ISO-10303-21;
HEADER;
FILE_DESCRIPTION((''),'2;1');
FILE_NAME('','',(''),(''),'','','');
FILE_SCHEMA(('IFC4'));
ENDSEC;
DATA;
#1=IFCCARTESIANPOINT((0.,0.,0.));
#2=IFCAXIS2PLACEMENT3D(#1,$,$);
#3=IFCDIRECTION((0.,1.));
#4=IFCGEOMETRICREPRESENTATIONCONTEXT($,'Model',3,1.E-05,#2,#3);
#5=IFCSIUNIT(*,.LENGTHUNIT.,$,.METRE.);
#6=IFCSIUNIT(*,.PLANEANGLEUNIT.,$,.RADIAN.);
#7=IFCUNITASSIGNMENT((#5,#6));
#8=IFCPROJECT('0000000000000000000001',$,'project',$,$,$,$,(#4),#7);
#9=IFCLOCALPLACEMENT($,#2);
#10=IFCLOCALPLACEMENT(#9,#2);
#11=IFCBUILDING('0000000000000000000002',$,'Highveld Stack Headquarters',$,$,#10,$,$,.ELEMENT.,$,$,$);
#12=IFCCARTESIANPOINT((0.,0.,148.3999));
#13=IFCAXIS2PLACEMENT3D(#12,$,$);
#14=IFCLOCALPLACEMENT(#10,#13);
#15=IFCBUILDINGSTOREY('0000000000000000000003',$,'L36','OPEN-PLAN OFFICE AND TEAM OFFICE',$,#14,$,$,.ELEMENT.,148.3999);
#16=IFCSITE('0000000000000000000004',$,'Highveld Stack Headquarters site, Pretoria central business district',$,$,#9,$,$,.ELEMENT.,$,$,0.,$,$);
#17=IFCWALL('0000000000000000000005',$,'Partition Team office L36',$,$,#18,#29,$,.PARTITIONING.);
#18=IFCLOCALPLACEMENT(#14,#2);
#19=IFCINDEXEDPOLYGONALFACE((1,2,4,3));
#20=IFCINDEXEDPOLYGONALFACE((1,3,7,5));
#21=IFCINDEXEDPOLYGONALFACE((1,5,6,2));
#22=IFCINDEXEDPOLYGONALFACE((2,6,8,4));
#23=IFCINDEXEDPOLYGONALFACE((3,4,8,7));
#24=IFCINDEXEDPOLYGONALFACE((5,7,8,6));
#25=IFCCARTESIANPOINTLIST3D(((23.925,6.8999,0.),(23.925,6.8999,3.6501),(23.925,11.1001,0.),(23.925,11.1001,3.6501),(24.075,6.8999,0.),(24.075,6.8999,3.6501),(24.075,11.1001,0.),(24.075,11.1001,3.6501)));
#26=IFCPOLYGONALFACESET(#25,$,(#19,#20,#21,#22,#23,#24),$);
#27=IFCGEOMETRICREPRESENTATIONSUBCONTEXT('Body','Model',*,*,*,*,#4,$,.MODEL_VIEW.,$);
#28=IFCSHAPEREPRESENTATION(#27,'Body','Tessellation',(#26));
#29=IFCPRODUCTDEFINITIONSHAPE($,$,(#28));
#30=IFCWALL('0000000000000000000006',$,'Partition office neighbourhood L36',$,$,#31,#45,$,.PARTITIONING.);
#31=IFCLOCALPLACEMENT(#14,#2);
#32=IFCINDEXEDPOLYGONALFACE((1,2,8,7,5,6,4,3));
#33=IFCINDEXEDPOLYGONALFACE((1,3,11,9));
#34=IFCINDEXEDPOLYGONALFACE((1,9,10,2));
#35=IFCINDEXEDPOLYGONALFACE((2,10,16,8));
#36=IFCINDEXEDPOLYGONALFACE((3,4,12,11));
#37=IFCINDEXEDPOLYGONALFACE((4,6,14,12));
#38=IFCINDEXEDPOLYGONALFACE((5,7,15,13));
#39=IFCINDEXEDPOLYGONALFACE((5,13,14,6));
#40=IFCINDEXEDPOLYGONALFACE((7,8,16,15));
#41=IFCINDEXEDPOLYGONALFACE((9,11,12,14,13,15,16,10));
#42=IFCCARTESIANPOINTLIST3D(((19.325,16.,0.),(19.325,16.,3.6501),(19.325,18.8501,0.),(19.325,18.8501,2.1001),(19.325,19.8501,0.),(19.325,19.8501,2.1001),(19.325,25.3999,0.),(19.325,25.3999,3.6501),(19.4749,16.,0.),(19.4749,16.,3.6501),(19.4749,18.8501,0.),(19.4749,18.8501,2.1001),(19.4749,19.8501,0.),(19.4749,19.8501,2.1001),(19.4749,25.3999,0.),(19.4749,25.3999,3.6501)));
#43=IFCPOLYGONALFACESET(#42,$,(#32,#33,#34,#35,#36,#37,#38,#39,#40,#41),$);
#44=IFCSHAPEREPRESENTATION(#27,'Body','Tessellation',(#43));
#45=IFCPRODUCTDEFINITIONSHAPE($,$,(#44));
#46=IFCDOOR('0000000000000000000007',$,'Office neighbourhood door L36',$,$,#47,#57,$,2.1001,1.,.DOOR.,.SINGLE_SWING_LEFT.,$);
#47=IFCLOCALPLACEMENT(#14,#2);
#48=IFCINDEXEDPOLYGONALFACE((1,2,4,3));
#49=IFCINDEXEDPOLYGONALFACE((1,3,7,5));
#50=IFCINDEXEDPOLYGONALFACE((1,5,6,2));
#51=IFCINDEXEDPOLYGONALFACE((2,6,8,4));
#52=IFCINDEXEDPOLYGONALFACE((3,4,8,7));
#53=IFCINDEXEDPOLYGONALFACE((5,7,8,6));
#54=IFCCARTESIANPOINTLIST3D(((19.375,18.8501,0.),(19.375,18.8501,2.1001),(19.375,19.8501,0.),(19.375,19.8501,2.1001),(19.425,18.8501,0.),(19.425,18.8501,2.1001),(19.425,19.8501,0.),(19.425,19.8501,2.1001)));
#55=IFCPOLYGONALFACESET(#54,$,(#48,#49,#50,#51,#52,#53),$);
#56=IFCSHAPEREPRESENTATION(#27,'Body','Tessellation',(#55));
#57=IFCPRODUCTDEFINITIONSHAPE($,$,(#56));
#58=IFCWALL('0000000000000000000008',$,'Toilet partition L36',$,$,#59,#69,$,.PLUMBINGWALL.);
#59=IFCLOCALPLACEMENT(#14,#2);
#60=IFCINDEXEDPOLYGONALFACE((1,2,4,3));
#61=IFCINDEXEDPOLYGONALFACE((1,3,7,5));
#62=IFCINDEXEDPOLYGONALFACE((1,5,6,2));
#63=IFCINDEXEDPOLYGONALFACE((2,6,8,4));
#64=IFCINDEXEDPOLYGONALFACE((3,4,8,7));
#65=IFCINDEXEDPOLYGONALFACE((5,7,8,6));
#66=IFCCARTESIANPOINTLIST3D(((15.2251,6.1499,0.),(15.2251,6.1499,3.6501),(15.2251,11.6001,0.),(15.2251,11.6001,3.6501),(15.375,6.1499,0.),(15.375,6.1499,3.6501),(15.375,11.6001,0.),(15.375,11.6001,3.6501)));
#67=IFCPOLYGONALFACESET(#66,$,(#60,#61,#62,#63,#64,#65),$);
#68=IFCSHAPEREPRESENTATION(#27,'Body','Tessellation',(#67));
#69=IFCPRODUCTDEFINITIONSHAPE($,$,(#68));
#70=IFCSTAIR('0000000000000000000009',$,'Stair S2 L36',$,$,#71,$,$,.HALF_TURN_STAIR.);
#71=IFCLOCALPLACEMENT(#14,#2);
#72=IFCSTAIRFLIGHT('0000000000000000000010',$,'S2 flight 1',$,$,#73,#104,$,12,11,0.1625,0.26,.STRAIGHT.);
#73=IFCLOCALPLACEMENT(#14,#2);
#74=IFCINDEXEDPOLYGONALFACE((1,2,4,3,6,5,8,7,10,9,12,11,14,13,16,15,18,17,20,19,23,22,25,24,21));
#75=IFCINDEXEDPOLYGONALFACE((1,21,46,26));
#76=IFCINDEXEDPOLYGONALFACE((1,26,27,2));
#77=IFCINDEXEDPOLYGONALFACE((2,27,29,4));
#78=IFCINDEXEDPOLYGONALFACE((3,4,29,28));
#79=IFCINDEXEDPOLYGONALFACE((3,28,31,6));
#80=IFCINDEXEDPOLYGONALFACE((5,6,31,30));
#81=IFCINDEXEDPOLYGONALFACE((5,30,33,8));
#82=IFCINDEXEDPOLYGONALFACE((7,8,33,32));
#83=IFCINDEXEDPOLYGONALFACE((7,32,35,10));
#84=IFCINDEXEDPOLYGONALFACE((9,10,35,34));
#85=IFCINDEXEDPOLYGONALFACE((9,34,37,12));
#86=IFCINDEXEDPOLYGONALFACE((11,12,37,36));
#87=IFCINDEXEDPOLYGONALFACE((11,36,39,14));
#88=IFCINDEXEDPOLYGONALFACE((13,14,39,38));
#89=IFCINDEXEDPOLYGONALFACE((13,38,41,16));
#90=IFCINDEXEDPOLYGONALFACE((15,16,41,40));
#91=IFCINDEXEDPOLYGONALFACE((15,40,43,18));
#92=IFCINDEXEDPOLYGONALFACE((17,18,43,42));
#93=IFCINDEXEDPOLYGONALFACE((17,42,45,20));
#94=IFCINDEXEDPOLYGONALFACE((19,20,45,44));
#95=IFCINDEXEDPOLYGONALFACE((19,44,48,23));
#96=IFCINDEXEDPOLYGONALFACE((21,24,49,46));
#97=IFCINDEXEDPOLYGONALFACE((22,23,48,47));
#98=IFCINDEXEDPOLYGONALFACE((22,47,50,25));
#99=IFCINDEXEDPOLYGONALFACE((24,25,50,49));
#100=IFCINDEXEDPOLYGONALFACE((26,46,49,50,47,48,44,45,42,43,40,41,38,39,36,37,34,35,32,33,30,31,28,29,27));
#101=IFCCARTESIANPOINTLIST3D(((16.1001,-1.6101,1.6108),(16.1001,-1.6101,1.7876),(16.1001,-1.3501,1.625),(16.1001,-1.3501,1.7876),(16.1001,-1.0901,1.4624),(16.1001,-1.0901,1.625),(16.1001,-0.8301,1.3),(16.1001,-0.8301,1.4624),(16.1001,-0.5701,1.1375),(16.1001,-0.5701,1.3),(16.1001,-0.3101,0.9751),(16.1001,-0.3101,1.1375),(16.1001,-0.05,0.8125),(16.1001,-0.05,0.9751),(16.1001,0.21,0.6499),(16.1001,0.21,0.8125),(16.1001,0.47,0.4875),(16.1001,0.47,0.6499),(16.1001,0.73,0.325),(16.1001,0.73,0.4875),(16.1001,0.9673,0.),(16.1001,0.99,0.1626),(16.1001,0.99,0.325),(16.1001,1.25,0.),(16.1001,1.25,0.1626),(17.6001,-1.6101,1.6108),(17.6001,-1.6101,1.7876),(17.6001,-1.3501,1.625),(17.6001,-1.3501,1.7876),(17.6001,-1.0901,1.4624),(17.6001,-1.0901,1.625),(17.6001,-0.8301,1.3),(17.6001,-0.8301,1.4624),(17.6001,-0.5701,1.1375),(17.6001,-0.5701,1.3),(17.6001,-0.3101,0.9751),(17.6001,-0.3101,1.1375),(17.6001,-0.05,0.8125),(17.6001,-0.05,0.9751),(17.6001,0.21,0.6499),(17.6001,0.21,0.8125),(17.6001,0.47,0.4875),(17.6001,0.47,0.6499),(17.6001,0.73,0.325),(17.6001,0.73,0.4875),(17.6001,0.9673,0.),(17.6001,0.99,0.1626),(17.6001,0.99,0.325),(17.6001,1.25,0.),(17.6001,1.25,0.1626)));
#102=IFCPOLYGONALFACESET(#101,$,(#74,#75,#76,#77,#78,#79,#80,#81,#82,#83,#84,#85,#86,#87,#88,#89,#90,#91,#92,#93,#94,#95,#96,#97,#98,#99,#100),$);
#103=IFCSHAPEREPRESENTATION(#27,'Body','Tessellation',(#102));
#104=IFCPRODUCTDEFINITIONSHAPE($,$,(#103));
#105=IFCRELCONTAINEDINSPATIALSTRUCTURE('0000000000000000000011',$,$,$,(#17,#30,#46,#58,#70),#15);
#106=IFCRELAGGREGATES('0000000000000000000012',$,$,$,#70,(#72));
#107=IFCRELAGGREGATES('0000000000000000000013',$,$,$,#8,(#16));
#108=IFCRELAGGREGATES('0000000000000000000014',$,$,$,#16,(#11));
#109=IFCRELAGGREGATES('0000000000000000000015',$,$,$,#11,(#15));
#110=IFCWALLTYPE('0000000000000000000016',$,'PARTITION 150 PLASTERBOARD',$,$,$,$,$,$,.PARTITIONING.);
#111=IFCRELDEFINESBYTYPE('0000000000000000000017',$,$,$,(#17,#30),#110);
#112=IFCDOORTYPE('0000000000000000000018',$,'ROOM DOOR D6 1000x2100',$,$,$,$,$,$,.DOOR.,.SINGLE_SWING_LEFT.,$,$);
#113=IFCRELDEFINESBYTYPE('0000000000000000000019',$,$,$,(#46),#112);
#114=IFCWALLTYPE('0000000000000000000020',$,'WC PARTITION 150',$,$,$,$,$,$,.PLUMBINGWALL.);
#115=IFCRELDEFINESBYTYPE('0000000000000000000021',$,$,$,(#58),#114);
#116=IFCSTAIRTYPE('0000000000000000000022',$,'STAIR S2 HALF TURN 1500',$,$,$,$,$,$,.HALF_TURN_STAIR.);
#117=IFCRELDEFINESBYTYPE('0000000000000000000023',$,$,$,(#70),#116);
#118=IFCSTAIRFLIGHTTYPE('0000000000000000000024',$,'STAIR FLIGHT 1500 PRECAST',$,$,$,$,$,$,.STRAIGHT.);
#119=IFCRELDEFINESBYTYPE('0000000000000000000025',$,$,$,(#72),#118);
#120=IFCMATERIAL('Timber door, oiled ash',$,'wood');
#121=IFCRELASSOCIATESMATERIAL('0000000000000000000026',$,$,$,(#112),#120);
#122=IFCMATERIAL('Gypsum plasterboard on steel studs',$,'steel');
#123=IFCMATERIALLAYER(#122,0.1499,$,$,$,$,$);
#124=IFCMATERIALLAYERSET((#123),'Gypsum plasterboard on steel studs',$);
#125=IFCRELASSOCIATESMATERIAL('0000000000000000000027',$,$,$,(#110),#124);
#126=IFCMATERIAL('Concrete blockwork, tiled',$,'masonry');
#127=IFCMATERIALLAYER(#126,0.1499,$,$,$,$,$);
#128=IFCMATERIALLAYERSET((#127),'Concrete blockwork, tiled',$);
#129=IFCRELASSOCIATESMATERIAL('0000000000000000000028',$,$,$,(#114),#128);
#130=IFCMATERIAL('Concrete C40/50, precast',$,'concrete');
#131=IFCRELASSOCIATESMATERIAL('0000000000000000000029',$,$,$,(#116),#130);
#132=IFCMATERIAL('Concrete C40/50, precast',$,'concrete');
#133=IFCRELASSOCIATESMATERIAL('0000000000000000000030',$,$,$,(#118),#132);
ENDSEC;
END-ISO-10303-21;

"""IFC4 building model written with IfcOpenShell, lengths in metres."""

from ifc_helpers import new_model, si_unit, direction, frame, frame_2d, origin, place, context, subcontext, project, spatial, polyline, rectangle, outline, extrude, material, layer, layer_set, type_object, element, fill, aggregate, save


model = new_model("IFC4")

# Units and contexts
model_context = context("Model", 3, precision=1e-05, world=origin(), true_north=direction((0.0, 1.0)))
body_context = subcontext(model_context, "Body", "Model", "MODEL_VIEW")
ifc_project = project(units=[si_unit("LENGTHUNIT", "METRE"), si_unit("PLANEANGLEUNIT", "RADIAN")], contexts=[model_context])

# Site, building, storey
site_placement = place(None, origin())
site = spatial("IfcSite", under=ifc_project, at=site_placement, Name="Highveld Stack Headquarters site, Pretoria central business district", CompositionType="ELEMENT", RefElevation=0.0)
building_placement = place(site_placement, origin())
building = spatial("IfcBuilding", under=site, at=building_placement, Name="Highveld Stack Headquarters", CompositionType="ELEMENT")
storey_placement = place(building_placement, frame((0.0, 0.0, 148.3999)))
storey = spatial("IfcBuildingStorey", under=building, at=storey_placement, Name="L36", Description="OPEN-PLAN OFFICE AND TEAM OFFICE", CompositionType="ELEMENT", Elevation=148.3999)

# Shared definitions
ifc_material_1 = material(Name="Timber door, oiled ash", Category="wood")
door_type_1 = type_object("IfcDoorType", Name="ROOM DOOR D6 1000x2100", OperationType="SINGLE_SWING_LEFT", PredefinedType="DOOR", material=ifc_material_1)

# Shared definitions
ifc_material_2 = material(Name="Gypsum plasterboard on steel studs", Category="steel")
ifc_layer_1 = layer(ifc_material_2, 0.1499)
ifc_layer_set_1 = layer_set([ifc_layer_1], Name="Gypsum plasterboard on steel studs")
wall_type_1 = type_object("IfcWallType", Name="PARTITION 150 PLASTERBOARD", PredefinedType="PARTITIONING", material=ifc_layer_set_1)

# Wall
wall_1_placement = place(storey_placement, frame((24.0, 6.8999, 0.0), z_axis=(0.0, 0.0, 1.0), x_axis=(0.0, 1.0, 0.0)))
element("IfcWall", 1, at=wall_1_placement, inside=storey, type_object=wall_type_1, Name="Partition Team office L36", PredefinedType="PARTITIONING", context=body_context, shape_type="SweptSolid", body=[
    extrude(rectangle(XDim=4.2002, YDim=0.1499, at=frame_2d((2.1001, 0.0))), origin(), (0.0, 0.0, 1.0), 3.6501),
])

# Wall, opening, door
wall_2_placement = place(storey_placement, frame((19.3999, 16.0, 0.0), z_axis=(0.0, 0.0, 1.0), x_axis=(0.0, 1.0, 0.0)))
wall_2 = element("IfcWall", 2, at=wall_2_placement, inside=storey, type_object=wall_type_1, Name="Partition office neighbourhood L36", PredefinedType="PARTITIONING", context=body_context, shape_type="SweptSolid", body=[
    extrude(rectangle(XDim=9.3999, YDim=0.1499, at=frame_2d((4.7, 0.0))), origin(), (0.0, 0.0, 1.0), 3.6501),
])
opening_1_placement = place(wall_2_placement, frame((2.8501, 0.0, 0.0)))
opening_1 = element("IfcOpeningElement", 3, at=opening_1_placement, cuts=wall_2, PredefinedType="OPENING", context=body_context, shape_type="SweptSolid", body=[
    extrude(rectangle(XDim=1.0, YDim=2.1001, at=frame_2d((0.5, 1.05))), frame((0.0, 0.085, 0.0), z_axis=(0.0, -1.0, 0.0), x_axis=(1.0, 0.0, 0.0)), (0.0, 0.0, 1.0), 0.1699),
])
door_1_placement = place(opening_1_placement, origin())
door_1 = element("IfcDoor", 4, at=door_1_placement, inside=storey, type_object=door_type_1, Name="Office neighbourhood door L36", OperationType="SINGLE_SWING_LEFT", OverallHeight=2.1001, OverallWidth=1.0, PredefinedType="DOOR", context=body_context, shape_type="SweptSolid", body=[
    extrude(rectangle(XDim=1.0, YDim=2.1001, at=frame_2d((0.5, 1.05))), frame((0.0, 0.0249, 0.0), z_axis=(0.0, -1.0, 0.0), x_axis=(1.0, 0.0, 0.0)), (0.0, 0.0, 1.0), 0.05),
])
fill(opening_1, door_1)

# Wall
ifc_material_3 = material(Name="Concrete blockwork, tiled", Category="masonry")
ifc_layer_2 = layer(ifc_material_3, 0.1499)
ifc_layer_set_2 = layer_set([ifc_layer_2], Name="Concrete blockwork, tiled")
wall_type_2 = type_object("IfcWallType", Name="WC PARTITION 150", PredefinedType="PLUMBINGWALL", material=ifc_layer_set_2)
wall_3_placement = place(storey_placement, frame((15.3, 6.1499, 0.0), z_axis=(0.0, 0.0, 1.0), x_axis=(0.0, 1.0, 0.0)))
element("IfcWall", 5, at=wall_3_placement, inside=storey, type_object=wall_type_2, Name="Toilet partition L36", PredefinedType="PLUMBINGWALL", context=body_context, shape_type="SweptSolid", body=[
    extrude(rectangle(XDim=5.4502, YDim=0.1499, at=frame_2d((2.7251, 0.0))), origin(), (0.0, 0.0, 1.0), 3.6501),
])

# Stair, stair flight
ifc_material_4 = material(Name="Concrete C40/50, precast", Category="concrete")
stair_type = type_object("IfcStairType", Name="STAIR S2 HALF TURN 1500", PredefinedType="HALF_TURN_STAIR", material=ifc_material_4)
stair_placement = place(storey_placement, origin())
stair = element("IfcStair", 6, at=stair_placement, inside=storey, type_object=stair_type, Name="Stair S2 L36", PredefinedType="HALF_TURN_STAIR")
ifc_material_5 = material(Name="Concrete C40/50, precast", Category="concrete")
stair_flight_type = type_object("IfcStairFlightType", Name="STAIR FLIGHT 1500 PRECAST", PredefinedType="STRAIGHT", material=ifc_material_5)
stair_flight_placement = place(storey_placement, frame((16.8501, 1.25, 0.0), z_axis=(0.0, 0.0, 1.0), x_axis=(0.0, -1.0, 0.0)))
stair_flight = element("IfcStairFlight", 7, at=stair_flight_placement, type_object=stair_flight_type, Name="S2 flight 1", NumberOfRisers=12, NumberOfTreads=11, PredefinedType="STRAIGHT", RiserHeight=0.1625, TreadLength=0.26, context=body_context, shape_type="SweptSolid", body=[
    extrude(outline(polyline([(0.0, 0.0), (0.0, 0.1626), (0.26, 0.1626), (0.26, 0.325), (0.52, 0.325), (0.52, 0.4875), (0.78, 0.4875), (0.78, 0.6499), (1.04, 0.6499), (1.04, 0.8125), (1.3, 0.8125), (1.3, 0.9751), (1.5601, 0.9751), (1.5601, 1.1375), (1.8201, 1.1375), (1.8201, 1.3), (2.0801, 1.3), (2.0801, 1.4624), (2.3401, 1.4624), (2.3401, 1.625), (2.6001, 1.625), (2.6001, 1.7876), (2.8601, 1.7876), (2.8601, 1.95), (2.8601, 1.6108), (0.2827, 0.0), (0.0, 0.0)])), frame((0.0, 0.75, 0.0), z_axis=(0.0, -1.0, 0.0), x_axis=(1.0, 0.0, 0.0)), (0.0, 0.0, 1.0), 1.5),
])
aggregate(stair, [stair_flight])

save(model, "model.ifc")
